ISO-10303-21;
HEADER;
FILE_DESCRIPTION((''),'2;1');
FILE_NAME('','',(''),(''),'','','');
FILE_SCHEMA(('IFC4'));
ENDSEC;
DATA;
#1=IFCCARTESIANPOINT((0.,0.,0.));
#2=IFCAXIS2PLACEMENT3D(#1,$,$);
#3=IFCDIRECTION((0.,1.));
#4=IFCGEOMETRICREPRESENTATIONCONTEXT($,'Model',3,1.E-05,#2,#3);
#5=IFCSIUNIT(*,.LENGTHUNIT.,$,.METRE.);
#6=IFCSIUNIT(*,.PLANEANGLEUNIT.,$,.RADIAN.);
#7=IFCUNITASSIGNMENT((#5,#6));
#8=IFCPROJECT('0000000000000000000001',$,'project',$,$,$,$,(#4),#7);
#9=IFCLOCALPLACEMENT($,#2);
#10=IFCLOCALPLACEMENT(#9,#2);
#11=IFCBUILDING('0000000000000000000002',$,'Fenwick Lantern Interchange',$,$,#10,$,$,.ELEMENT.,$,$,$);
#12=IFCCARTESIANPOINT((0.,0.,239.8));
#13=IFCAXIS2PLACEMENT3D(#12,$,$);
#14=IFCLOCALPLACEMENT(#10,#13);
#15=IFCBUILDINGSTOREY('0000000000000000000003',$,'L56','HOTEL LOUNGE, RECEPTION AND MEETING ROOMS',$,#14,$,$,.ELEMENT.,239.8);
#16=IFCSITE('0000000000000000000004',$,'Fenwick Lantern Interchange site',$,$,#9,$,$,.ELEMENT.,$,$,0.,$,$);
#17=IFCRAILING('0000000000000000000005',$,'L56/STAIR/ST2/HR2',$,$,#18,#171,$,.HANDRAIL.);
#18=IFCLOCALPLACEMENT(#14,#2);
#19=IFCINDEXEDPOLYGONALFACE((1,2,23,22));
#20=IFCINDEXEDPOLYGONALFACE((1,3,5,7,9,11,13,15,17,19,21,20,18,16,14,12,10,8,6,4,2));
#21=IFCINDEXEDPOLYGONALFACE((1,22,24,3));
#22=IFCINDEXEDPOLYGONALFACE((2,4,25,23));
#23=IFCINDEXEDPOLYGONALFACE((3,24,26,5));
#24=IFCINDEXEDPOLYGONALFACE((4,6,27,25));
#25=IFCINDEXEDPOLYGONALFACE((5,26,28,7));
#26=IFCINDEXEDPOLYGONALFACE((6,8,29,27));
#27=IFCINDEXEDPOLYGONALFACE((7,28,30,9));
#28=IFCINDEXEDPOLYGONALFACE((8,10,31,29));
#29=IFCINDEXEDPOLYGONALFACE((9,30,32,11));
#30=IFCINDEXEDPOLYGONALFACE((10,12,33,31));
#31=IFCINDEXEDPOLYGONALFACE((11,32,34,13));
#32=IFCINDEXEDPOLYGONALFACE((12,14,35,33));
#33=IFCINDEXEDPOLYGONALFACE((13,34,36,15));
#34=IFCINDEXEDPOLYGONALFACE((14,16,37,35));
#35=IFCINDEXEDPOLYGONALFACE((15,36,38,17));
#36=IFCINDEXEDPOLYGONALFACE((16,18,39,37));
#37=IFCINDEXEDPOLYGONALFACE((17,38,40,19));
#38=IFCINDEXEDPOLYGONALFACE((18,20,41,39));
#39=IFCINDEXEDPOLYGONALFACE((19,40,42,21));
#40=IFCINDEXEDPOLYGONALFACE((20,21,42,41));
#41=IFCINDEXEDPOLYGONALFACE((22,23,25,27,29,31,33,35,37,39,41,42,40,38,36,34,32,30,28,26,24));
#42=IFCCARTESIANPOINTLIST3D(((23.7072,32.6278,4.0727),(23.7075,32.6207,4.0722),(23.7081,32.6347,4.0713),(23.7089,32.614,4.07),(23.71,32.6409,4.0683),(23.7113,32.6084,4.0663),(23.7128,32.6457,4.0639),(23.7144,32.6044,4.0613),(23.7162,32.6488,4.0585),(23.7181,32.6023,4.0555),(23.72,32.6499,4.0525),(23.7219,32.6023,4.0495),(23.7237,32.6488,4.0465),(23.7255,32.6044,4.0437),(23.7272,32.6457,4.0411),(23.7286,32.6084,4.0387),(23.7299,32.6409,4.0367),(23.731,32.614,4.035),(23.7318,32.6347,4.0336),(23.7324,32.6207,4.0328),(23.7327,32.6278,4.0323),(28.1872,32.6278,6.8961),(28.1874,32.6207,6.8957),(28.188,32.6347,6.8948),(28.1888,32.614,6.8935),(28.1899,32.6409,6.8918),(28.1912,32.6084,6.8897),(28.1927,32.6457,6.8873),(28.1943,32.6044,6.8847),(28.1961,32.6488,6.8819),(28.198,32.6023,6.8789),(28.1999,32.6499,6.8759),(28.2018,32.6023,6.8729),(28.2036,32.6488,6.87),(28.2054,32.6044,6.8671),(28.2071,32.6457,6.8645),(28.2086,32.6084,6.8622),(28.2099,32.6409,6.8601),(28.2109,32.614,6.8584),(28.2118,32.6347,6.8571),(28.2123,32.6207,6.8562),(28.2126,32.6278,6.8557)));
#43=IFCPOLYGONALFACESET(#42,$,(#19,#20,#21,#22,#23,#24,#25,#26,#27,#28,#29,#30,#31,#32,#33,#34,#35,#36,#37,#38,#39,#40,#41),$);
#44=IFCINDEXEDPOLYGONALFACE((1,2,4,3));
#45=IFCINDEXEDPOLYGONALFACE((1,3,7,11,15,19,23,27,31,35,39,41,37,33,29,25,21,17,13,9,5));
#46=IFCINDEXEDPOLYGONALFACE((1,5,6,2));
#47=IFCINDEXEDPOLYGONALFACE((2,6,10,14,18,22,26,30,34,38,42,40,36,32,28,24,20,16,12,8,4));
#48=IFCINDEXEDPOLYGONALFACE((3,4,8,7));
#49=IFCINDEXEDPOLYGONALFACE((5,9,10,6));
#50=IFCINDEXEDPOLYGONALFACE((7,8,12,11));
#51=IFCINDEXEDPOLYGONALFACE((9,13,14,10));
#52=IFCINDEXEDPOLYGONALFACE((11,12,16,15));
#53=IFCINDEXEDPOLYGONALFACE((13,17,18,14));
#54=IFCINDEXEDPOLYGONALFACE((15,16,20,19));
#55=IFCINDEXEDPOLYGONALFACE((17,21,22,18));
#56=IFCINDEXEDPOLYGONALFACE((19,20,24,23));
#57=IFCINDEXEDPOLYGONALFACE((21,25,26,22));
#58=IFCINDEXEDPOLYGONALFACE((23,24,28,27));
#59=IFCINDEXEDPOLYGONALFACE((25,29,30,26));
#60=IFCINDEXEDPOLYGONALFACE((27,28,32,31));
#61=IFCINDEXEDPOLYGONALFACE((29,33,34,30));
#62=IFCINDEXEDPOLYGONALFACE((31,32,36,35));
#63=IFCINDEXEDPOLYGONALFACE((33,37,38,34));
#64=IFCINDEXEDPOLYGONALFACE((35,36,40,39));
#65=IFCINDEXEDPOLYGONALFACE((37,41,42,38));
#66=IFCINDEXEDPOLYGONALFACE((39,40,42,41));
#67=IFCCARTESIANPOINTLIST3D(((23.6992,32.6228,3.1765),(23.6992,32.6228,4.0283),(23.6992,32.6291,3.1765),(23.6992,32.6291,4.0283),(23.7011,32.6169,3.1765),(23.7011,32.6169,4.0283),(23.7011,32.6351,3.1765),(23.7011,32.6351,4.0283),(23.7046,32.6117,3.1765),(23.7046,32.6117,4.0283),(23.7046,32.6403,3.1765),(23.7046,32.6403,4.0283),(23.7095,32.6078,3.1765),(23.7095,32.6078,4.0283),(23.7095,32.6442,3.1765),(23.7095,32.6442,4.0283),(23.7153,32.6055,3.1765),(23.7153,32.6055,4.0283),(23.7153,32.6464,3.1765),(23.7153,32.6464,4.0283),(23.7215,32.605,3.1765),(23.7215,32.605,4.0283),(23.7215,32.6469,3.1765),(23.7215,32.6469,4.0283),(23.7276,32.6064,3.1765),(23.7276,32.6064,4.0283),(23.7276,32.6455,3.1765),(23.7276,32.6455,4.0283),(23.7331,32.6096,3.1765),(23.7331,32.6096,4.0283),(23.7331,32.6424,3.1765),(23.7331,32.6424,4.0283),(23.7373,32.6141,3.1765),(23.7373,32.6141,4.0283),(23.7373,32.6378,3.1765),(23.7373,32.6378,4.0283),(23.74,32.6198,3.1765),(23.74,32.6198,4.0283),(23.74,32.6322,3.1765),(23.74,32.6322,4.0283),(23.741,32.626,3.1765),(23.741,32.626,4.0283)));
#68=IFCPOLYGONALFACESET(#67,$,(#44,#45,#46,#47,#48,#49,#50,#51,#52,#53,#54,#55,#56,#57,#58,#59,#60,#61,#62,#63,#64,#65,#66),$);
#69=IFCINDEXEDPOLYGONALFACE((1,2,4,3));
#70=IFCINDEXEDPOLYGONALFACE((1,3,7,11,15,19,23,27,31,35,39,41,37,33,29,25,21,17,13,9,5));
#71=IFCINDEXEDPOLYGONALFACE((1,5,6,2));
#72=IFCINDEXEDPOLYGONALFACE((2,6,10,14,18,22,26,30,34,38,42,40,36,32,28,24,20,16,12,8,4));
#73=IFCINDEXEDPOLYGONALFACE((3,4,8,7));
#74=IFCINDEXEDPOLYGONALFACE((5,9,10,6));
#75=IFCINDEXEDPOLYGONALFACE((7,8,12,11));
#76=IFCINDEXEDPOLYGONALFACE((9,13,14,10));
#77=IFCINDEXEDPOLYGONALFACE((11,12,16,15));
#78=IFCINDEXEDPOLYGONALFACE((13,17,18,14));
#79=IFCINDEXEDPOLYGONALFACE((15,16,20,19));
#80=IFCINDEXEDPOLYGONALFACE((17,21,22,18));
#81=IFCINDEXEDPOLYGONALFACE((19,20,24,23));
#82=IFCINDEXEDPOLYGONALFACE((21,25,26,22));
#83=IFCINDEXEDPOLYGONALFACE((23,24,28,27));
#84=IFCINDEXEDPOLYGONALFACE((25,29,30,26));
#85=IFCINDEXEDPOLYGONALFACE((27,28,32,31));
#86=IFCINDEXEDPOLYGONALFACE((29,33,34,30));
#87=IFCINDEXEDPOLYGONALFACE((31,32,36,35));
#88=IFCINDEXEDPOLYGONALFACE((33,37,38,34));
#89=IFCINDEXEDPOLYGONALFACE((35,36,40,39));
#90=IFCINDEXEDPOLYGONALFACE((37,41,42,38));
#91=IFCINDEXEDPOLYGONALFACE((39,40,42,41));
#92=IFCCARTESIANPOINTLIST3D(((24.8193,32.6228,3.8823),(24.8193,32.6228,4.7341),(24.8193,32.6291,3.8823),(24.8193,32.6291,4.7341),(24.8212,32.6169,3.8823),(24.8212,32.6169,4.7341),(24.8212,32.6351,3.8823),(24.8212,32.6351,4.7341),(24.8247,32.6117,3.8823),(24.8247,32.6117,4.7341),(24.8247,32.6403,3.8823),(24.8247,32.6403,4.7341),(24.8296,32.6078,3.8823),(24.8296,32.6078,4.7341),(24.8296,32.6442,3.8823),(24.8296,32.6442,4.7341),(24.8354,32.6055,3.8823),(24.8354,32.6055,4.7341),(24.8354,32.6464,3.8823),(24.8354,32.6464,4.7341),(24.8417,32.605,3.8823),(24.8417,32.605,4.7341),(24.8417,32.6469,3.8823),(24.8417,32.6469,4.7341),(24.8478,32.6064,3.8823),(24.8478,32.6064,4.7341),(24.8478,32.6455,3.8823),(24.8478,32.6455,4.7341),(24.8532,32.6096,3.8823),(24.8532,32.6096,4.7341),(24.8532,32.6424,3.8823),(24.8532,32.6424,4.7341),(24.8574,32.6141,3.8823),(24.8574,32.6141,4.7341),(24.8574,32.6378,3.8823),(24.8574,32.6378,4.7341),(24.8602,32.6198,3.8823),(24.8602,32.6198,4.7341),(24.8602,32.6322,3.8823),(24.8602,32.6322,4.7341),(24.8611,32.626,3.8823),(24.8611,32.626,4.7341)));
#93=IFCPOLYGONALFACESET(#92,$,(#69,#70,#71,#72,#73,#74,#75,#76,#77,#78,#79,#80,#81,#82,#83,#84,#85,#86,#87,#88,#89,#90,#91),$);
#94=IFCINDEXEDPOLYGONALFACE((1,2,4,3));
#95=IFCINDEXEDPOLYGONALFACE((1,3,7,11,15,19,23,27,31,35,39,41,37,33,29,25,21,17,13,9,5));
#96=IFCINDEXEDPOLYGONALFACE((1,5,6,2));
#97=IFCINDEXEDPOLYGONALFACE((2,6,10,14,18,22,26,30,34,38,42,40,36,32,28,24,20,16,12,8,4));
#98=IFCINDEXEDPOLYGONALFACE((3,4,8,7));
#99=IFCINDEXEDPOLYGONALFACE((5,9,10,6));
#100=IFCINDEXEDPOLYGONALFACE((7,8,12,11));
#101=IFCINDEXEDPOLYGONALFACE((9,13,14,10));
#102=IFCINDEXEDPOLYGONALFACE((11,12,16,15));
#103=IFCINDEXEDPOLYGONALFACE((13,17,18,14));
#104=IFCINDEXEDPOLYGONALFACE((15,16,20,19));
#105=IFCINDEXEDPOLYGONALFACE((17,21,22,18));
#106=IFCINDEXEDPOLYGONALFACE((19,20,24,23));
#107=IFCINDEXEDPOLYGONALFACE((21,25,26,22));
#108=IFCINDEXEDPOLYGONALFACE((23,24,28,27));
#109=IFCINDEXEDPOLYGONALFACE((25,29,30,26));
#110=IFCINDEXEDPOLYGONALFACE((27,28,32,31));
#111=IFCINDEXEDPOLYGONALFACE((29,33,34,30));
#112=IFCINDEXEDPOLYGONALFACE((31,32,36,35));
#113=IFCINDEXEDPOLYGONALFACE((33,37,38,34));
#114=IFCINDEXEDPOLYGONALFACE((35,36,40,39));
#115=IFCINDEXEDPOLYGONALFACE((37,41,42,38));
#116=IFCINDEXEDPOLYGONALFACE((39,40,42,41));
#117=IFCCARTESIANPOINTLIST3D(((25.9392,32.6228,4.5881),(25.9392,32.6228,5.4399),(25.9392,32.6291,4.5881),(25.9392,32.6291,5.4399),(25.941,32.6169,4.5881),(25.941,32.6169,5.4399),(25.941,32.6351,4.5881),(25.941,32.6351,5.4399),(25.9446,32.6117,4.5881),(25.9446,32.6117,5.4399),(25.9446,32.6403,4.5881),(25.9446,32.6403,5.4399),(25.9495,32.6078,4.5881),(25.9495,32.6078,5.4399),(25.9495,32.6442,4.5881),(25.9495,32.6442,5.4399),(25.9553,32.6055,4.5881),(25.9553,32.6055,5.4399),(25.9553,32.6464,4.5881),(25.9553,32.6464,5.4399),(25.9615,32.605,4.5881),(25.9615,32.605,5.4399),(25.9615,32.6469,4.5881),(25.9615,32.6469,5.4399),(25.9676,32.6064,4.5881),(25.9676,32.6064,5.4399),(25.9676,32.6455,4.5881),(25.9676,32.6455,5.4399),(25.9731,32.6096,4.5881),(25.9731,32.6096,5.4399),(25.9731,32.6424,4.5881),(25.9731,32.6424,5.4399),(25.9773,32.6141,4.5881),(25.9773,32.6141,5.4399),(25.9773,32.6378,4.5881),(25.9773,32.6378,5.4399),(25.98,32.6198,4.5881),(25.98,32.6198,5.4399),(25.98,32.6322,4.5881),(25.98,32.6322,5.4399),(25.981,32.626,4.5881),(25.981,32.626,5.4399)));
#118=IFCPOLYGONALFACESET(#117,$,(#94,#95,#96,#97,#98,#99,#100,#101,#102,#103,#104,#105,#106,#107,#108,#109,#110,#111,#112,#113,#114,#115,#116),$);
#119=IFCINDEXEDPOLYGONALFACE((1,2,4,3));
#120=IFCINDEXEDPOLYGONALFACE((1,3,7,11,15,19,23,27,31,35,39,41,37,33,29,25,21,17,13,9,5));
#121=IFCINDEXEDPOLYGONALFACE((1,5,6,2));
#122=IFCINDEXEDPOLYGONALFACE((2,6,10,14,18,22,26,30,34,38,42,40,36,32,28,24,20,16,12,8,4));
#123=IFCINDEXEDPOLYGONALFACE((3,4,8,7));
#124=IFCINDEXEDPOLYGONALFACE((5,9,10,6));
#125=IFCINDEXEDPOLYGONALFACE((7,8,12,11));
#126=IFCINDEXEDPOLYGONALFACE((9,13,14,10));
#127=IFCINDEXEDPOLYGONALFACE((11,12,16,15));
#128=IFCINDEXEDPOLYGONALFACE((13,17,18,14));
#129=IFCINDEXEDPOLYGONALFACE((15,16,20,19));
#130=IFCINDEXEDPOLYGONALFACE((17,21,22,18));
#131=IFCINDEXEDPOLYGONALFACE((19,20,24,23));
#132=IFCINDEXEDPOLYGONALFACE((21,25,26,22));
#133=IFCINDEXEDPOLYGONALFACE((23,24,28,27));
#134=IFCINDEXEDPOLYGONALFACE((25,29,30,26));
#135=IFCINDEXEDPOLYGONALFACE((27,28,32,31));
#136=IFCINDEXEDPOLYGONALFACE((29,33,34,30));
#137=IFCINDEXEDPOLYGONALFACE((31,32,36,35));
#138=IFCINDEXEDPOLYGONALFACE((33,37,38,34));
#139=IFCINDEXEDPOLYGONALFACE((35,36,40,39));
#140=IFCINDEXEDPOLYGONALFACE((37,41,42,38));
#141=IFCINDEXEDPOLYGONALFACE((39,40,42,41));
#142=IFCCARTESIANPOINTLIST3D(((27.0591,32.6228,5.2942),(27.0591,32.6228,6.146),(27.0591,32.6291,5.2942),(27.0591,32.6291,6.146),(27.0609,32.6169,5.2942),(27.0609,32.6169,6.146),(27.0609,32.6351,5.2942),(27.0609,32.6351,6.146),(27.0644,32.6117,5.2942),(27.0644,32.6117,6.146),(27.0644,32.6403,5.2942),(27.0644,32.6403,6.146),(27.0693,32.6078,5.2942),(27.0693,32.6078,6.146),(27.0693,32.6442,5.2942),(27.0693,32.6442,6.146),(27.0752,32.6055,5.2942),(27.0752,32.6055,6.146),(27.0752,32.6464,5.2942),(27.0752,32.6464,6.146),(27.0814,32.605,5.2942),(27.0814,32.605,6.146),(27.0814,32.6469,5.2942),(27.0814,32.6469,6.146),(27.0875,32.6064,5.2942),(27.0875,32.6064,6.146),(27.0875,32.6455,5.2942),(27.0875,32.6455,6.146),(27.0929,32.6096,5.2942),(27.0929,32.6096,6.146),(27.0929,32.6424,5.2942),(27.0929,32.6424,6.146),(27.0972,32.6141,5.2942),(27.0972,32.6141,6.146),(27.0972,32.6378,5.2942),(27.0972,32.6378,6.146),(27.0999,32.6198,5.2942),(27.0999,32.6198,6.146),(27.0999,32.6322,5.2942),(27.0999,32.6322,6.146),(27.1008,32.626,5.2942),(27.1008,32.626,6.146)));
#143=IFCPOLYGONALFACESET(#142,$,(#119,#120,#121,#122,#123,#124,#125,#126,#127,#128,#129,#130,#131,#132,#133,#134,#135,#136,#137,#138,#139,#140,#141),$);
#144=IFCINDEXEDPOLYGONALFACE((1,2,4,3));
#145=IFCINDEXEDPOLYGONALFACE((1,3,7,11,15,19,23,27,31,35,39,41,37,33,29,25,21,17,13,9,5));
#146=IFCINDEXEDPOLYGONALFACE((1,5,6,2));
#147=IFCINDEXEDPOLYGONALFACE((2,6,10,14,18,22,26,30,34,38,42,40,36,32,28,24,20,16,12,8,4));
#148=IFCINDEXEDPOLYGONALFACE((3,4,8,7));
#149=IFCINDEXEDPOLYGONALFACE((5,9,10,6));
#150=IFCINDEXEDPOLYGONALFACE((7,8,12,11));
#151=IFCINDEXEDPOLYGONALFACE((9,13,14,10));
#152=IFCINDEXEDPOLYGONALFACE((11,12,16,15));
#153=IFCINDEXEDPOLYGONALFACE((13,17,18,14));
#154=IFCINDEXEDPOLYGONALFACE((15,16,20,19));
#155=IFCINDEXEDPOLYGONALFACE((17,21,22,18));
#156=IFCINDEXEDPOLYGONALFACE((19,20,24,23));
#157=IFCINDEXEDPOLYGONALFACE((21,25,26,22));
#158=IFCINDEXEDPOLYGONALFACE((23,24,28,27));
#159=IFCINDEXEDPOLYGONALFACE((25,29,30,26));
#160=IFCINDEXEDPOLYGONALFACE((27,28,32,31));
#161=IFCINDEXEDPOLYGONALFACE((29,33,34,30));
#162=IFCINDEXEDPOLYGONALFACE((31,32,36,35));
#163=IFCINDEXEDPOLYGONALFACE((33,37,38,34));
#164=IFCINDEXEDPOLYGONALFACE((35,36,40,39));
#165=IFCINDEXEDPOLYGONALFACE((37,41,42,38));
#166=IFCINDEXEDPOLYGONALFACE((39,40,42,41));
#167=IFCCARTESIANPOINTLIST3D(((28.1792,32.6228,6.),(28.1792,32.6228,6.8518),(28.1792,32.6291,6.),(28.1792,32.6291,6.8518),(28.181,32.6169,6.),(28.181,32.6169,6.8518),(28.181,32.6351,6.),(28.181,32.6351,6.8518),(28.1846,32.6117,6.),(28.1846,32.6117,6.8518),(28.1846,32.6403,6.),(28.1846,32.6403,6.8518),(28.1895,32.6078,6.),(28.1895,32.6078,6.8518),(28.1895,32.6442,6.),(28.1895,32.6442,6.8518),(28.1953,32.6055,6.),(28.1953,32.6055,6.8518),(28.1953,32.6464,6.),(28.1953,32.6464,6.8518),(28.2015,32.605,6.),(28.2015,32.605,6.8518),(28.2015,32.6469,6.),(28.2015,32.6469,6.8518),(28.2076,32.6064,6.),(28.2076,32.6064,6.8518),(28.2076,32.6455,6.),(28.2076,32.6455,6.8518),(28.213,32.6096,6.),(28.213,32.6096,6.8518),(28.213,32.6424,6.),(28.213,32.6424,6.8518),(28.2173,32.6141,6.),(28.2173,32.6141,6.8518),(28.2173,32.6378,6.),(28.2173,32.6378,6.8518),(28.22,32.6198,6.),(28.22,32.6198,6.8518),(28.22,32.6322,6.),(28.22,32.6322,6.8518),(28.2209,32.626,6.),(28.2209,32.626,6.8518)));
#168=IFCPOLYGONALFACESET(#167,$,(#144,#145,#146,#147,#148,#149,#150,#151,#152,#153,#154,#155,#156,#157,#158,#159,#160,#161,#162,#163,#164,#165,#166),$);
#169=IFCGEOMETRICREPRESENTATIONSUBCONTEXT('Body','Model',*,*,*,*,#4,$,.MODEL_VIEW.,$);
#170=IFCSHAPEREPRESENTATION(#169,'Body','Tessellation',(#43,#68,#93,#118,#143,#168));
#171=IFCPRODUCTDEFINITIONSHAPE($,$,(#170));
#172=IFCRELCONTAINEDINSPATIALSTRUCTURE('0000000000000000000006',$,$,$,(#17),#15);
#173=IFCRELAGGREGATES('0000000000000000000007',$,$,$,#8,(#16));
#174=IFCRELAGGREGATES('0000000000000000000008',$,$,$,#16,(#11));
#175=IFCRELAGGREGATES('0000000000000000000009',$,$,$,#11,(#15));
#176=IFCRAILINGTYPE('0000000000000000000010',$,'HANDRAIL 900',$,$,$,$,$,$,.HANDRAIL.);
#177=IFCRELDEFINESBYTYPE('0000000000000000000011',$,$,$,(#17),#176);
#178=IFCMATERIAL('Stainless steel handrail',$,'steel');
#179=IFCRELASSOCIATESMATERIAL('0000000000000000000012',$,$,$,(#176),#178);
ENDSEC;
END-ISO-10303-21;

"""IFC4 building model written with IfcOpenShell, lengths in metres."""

from ifc_helpers import new_model, si_unit, direction, frame, origin, origin_2d, place, context, subcontext, project, spatial, circle, extrude, material, type_object, element, save


model = new_model("IFC4")

# Units and contexts
model_context = context("Model", 3, precision=1e-05, world=origin(), true_north=direction((0.0, 1.0)))
body_context = subcontext(model_context, "Body", "Model", "MODEL_VIEW")
ifc_project = project(units=[si_unit("LENGTHUNIT", "METRE"), si_unit("PLANEANGLEUNIT", "RADIAN")], contexts=[model_context])

# Site, building, storey
site_placement = place(None, origin())
site = spatial("IfcSite", under=ifc_project, at=site_placement, Name="Fenwick Lantern Interchange site", CompositionType="ELEMENT", RefElevation=0.0)
building_placement = place(site_placement, origin())
building = spatial("IfcBuilding", under=site, at=building_placement, Name="Fenwick Lantern Interchange", CompositionType="ELEMENT")
storey_placement = place(building_placement, frame((0.0, 0.0, 239.8)))
storey = spatial("IfcBuildingStorey", under=building, at=storey_placement, Name="L56", Description="HOTEL LOUNGE, RECEPTION AND MEETING ROOMS", CompositionType="ELEMENT", Elevation=239.8)

# Railing
ifc_material_1 = material(Name="Stainless steel handrail", Category="steel")
railing_type = type_object("IfcRailingType", Name="HANDRAIL 900", PredefinedType="HANDRAIL", material=ifc_material_1)
railing_1_placement = place(storey_placement, frame((23.72, 32.626, 3.1765)))
element("IfcRailing", 1, at=railing_1_placement, inside=storey, type_object=railing_type, Name="L56/STAIR/ST2/HR2", PredefinedType="HANDRAIL", context=body_context, shape_type="SweptSolid", body=[
    extrude(circle(Radius=0.0239, at=origin_2d()), frame((0.0, 0.0, 0.876), z_axis=(0.845998, 0.0, 0.533186), x_axis=(0.0, 1.0, 0.0)), (0.0, 0.0, 1.0), 5.2954),
    extrude(circle(Radius=0.021, at=origin_2d()), origin(), (0.0, 0.0, 1.0), 0.8518),
    extrude(circle(Radius=0.021, at=origin_2d()), frame((1.1201, 0.0, 0.7058)), (0.0, 0.0, 1.0), 0.8518),
    extrude(circle(Radius=0.021, at=origin_2d()), frame((2.24, 0.0, 1.4116)), (0.0, 0.0, 1.0), 0.8518),
    extrude(circle(Radius=0.021, at=origin_2d()), frame((3.3599, 0.0, 2.1177)), (0.0, 0.0, 1.0), 0.8518),
    extrude(circle(Radius=0.021, at=origin_2d()), frame((4.48, 0.0, 2.8235)), (0.0, 0.0, 1.0), 0.8518),
])

save(model, "model.ifc")
